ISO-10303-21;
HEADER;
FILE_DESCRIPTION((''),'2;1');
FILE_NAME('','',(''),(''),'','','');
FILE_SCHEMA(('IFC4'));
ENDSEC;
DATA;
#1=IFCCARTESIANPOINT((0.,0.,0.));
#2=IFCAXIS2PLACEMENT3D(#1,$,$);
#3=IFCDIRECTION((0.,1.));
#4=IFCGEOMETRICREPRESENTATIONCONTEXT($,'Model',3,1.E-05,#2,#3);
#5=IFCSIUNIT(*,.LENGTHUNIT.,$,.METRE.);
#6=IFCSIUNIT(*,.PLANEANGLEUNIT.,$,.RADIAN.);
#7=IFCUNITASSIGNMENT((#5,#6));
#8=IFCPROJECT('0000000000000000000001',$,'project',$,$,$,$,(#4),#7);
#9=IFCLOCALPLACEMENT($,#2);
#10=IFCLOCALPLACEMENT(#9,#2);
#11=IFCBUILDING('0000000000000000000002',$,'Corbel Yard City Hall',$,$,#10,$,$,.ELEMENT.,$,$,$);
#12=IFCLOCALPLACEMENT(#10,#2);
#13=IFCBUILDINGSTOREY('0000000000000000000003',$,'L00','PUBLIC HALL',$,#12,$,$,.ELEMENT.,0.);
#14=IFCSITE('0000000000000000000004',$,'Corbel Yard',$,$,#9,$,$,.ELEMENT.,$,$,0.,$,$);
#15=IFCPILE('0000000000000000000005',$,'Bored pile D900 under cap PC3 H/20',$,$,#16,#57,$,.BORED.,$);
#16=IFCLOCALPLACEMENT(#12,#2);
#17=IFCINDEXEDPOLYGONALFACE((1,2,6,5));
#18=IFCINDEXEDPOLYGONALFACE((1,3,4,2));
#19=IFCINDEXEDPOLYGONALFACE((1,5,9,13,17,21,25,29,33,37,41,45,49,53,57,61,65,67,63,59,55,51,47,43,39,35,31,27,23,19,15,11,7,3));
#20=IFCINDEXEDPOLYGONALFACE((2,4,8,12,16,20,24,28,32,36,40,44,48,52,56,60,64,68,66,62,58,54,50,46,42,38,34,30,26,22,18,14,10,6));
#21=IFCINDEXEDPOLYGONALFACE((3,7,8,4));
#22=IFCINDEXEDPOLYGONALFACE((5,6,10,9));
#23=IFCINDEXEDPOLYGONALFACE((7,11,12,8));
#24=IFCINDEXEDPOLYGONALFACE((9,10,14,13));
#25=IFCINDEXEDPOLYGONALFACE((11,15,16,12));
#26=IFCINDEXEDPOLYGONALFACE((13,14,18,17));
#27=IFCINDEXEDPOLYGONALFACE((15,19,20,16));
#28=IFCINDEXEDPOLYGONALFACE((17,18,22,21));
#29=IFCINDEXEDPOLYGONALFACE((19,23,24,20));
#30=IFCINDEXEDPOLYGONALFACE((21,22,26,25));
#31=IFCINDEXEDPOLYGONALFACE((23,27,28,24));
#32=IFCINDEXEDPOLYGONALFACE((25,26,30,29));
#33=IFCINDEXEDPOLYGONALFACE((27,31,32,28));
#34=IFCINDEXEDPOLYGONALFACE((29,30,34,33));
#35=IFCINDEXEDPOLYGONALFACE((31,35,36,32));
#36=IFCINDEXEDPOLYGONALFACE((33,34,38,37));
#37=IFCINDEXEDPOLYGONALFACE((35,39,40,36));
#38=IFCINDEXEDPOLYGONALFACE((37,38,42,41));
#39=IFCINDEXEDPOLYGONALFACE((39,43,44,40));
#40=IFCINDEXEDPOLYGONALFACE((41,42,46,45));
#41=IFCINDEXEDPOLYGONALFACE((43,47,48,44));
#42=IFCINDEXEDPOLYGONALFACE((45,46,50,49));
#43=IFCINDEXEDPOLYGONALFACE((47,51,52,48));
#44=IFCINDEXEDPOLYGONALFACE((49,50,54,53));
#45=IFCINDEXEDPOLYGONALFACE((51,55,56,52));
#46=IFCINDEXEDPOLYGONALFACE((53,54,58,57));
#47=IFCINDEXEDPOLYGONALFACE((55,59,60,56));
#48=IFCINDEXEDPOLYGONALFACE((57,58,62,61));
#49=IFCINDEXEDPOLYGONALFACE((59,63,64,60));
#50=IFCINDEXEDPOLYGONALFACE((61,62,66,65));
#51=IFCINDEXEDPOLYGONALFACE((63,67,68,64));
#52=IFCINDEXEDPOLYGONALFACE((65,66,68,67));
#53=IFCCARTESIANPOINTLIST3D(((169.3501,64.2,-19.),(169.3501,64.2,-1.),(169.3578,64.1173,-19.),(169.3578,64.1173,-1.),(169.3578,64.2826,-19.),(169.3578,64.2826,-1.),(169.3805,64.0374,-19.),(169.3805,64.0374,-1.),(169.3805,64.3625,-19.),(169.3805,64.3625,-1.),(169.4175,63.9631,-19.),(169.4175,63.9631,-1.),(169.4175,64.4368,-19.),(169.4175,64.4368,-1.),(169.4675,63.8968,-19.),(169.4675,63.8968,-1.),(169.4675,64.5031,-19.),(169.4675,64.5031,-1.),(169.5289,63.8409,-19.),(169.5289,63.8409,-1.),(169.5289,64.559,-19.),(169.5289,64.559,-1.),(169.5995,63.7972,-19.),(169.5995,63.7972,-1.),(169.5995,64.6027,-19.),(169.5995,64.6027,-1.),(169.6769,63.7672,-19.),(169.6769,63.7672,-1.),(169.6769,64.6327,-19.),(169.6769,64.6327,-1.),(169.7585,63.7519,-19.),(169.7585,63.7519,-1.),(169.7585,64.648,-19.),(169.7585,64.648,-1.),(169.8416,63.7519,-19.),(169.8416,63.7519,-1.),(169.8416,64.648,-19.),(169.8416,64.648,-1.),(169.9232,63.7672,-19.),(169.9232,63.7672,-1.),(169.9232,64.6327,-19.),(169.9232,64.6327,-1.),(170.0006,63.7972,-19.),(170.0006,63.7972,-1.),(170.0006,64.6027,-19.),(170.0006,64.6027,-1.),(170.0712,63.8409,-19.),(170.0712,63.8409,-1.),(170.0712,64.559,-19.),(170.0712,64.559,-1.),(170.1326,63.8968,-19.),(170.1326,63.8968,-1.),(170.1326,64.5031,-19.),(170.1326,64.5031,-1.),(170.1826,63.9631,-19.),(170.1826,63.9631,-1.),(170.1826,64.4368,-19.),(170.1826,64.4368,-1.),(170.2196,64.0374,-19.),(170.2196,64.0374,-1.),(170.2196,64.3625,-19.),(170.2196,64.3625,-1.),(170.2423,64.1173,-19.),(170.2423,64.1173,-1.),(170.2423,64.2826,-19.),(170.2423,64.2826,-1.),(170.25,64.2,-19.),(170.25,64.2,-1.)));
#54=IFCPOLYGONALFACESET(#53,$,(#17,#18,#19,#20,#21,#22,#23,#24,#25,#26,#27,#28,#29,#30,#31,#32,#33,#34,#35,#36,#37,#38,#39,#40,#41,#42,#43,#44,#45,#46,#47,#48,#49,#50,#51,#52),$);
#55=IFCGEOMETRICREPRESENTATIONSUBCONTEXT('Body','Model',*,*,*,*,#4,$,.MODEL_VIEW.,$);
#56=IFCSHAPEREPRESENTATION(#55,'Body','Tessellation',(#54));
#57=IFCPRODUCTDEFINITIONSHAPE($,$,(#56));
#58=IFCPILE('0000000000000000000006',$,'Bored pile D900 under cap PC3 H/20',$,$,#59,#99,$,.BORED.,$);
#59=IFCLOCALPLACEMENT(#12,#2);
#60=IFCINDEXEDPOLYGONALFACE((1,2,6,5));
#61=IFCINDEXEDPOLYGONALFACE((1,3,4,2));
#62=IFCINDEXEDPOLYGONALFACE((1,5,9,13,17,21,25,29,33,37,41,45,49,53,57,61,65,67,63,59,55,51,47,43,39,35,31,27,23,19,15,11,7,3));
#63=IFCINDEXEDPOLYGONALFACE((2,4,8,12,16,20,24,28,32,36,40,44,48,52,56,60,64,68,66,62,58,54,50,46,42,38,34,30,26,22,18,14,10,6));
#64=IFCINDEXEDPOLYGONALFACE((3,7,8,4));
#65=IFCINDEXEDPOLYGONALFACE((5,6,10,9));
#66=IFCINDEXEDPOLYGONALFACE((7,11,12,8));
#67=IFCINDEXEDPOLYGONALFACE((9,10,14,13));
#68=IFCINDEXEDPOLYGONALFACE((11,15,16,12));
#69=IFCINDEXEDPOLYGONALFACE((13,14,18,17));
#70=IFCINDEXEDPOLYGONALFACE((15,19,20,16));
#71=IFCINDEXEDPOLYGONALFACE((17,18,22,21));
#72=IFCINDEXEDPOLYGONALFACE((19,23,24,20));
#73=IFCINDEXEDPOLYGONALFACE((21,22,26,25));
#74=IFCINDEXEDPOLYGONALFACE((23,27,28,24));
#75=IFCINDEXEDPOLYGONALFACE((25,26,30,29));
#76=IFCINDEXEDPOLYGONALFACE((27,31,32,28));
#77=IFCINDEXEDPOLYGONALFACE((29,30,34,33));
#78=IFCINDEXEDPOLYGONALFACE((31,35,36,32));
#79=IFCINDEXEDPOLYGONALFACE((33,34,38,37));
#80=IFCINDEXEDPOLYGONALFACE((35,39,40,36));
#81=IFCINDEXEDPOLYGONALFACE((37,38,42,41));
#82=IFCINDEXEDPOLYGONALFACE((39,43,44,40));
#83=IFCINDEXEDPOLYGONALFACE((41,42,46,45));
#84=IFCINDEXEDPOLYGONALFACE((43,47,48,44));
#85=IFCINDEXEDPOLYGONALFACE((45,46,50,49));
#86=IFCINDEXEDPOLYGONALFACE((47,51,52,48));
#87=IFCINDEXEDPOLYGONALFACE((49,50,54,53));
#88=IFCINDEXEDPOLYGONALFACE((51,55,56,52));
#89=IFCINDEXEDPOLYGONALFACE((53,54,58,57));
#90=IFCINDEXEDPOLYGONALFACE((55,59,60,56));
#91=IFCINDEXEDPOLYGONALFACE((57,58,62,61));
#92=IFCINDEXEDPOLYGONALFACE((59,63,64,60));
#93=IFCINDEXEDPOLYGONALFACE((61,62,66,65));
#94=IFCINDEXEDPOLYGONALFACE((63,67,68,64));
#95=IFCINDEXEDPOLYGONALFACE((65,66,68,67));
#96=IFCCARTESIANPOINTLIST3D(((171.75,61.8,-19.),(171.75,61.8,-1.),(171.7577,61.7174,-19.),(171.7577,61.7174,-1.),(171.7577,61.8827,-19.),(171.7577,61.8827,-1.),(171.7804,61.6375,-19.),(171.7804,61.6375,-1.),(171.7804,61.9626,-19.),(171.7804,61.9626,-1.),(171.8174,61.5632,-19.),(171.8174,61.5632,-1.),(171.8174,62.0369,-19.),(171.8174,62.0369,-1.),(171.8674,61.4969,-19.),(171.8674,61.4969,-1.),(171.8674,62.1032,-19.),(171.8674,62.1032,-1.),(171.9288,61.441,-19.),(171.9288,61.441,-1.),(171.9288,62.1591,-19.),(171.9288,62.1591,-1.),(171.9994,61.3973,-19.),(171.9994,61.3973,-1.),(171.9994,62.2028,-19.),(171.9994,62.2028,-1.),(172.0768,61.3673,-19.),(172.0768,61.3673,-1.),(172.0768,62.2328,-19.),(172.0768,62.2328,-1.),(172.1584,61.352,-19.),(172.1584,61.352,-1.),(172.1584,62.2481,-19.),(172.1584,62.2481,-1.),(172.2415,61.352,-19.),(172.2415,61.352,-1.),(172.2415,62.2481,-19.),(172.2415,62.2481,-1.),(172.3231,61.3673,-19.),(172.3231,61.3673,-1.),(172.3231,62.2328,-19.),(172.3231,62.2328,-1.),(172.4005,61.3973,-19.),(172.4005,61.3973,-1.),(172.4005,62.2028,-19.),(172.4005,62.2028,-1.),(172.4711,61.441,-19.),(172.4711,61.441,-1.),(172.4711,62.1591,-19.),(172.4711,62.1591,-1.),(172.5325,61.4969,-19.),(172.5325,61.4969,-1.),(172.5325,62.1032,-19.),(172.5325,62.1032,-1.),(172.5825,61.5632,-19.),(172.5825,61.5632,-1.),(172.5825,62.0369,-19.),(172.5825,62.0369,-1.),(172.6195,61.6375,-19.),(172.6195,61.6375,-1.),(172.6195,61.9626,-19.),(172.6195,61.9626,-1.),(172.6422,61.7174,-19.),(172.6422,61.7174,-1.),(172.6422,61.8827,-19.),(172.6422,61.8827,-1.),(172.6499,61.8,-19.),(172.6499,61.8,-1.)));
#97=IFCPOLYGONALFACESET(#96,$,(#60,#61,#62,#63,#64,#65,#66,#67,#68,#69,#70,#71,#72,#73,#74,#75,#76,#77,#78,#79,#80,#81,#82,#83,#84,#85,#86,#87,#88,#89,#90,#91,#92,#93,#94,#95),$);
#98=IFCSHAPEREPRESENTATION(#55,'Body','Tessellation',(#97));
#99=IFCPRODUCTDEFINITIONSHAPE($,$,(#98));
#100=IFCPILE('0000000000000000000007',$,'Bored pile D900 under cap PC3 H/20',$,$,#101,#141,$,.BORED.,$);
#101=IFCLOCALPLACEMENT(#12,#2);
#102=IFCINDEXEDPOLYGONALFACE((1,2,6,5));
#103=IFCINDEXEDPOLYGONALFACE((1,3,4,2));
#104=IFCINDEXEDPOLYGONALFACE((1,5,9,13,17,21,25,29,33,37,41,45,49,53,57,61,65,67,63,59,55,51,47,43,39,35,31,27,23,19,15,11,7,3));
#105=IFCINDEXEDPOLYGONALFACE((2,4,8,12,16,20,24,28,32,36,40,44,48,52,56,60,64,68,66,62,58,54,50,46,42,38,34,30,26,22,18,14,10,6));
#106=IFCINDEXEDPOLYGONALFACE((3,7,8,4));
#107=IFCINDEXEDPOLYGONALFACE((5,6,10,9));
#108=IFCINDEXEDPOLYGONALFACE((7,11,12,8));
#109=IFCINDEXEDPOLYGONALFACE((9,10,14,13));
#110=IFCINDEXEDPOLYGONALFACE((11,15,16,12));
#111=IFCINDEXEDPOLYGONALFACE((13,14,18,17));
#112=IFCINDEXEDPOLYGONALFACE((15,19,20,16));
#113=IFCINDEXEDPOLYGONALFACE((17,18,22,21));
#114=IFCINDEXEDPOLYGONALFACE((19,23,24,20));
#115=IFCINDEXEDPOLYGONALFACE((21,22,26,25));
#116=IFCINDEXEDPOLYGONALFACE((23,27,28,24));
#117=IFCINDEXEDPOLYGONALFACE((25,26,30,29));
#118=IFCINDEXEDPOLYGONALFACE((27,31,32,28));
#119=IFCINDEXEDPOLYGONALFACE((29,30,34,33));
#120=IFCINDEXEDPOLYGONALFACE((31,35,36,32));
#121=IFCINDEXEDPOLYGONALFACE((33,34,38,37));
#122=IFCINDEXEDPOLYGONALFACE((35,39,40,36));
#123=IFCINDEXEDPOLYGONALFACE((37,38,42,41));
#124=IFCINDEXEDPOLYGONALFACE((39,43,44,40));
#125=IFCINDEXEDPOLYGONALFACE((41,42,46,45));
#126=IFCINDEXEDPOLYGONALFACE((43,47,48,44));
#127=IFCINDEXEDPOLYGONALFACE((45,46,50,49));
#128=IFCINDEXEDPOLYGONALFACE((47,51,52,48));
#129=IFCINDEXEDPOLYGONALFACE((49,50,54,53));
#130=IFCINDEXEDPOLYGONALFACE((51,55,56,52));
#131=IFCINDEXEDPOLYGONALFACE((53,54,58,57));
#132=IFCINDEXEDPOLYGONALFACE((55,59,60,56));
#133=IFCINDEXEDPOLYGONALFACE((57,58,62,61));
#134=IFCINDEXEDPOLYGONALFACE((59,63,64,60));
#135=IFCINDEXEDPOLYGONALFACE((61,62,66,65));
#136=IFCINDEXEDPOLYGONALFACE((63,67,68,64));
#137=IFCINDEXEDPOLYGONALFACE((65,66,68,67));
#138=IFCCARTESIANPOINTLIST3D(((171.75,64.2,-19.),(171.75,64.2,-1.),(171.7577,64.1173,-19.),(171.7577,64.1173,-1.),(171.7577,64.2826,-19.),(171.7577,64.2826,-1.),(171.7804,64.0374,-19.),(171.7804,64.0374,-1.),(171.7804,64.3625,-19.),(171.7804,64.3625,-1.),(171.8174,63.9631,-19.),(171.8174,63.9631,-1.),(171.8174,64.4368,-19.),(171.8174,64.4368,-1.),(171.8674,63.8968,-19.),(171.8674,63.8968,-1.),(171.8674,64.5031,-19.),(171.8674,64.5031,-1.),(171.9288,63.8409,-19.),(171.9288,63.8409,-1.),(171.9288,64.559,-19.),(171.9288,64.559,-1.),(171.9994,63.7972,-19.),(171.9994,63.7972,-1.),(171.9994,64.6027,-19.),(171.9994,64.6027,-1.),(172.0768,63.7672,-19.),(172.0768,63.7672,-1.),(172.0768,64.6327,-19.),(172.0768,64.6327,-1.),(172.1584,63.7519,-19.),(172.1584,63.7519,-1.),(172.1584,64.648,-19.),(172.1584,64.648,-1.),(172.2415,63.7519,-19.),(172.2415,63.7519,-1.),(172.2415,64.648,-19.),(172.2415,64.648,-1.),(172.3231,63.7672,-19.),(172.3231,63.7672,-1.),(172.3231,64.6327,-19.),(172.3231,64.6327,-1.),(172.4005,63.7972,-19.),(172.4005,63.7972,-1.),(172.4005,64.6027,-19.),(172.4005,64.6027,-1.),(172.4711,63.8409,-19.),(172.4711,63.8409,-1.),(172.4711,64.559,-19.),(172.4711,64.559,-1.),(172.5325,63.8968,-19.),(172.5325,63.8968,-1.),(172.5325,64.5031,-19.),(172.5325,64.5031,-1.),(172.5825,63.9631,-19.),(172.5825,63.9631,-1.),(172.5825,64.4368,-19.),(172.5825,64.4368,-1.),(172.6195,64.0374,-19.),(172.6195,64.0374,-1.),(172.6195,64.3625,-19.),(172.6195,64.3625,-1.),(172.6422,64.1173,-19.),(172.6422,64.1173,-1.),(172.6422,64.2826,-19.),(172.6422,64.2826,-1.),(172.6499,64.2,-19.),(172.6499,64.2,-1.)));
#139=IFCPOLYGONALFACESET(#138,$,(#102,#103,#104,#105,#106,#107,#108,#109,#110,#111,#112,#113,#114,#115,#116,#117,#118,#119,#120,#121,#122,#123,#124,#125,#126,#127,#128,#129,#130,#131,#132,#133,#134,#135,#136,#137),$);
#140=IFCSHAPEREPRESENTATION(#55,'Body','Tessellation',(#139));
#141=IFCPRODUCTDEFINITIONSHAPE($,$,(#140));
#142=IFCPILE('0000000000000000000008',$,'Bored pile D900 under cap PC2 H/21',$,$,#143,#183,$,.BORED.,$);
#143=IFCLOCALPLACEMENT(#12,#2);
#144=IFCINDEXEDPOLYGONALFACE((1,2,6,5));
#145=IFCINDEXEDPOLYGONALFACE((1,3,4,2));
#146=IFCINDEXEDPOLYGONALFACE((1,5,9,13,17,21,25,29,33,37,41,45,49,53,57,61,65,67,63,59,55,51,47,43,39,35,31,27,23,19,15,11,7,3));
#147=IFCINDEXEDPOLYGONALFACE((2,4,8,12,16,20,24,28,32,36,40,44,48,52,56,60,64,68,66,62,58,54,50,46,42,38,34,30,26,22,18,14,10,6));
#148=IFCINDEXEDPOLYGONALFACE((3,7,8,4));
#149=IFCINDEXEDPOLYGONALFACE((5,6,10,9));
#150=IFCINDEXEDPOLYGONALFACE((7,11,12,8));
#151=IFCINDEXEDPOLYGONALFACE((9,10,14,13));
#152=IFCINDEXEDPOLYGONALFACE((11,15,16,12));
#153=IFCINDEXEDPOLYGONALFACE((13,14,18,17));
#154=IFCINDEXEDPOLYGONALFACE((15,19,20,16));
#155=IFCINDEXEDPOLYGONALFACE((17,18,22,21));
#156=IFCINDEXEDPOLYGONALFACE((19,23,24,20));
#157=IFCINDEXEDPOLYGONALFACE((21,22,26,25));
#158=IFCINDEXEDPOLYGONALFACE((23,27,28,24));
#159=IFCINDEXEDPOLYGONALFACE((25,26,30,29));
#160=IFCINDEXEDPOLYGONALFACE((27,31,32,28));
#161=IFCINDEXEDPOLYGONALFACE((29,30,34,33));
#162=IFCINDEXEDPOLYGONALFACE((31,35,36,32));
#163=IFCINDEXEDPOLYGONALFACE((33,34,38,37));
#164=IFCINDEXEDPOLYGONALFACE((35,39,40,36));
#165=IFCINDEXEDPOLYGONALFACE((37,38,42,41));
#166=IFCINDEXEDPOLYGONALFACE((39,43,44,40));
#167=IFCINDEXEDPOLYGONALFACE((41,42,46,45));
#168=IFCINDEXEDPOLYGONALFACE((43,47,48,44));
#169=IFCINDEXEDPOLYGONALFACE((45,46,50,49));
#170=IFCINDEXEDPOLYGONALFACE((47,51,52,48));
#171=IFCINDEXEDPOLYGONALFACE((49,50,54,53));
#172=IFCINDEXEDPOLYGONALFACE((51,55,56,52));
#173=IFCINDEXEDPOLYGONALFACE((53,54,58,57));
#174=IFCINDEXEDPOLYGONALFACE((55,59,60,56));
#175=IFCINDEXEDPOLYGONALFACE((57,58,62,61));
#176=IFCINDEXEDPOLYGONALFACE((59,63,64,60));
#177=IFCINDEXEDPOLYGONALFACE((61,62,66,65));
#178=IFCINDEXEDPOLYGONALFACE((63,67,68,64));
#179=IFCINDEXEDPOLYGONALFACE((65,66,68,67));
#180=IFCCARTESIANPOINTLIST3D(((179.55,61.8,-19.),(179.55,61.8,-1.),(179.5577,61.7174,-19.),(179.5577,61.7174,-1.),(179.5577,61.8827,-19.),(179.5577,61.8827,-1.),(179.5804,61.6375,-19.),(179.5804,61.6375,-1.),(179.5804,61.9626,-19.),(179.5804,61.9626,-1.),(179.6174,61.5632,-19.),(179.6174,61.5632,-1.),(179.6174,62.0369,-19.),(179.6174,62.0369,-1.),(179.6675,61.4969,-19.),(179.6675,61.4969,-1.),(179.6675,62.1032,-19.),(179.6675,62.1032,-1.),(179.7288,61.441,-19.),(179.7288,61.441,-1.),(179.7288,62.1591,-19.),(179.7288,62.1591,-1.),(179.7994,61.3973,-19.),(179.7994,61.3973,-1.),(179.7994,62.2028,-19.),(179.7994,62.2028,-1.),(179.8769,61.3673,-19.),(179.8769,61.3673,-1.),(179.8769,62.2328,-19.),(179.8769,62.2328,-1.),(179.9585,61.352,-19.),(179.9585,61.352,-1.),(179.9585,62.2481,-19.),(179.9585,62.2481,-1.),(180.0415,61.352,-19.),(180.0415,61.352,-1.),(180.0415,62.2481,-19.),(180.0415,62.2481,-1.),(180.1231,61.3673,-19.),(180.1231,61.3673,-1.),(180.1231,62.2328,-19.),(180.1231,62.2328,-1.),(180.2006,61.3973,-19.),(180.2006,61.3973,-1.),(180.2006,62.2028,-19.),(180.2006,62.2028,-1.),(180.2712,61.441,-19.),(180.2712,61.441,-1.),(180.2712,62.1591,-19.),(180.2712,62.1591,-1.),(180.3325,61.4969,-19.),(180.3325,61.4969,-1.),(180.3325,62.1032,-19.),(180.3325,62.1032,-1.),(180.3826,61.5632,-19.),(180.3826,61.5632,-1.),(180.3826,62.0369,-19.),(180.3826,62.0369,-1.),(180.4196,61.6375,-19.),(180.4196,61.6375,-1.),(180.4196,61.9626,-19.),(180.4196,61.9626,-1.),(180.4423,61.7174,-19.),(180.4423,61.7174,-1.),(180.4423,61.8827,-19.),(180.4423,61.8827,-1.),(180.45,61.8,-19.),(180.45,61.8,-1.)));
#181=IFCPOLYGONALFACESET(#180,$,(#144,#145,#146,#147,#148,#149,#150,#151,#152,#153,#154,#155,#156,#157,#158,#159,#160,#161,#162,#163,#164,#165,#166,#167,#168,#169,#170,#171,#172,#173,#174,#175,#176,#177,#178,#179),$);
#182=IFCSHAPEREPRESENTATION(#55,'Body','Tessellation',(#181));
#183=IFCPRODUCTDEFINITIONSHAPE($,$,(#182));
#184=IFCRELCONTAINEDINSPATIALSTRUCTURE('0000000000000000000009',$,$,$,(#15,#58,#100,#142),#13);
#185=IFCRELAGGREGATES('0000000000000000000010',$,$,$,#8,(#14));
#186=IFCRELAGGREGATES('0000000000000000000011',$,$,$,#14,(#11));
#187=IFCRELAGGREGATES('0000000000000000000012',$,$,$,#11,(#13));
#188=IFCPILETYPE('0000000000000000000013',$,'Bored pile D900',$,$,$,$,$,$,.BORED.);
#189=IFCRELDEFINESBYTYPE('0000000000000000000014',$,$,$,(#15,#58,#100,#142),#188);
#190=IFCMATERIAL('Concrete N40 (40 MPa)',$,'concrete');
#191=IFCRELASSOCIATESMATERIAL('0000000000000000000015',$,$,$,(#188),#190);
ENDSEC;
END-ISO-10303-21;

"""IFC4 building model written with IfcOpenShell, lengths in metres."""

from ifc_helpers import new_model, si_unit, direction, frame, origin, origin_2d, place, context, subcontext, project, spatial, circle, extrude, material, material_profile, profile_set, type_object, element, save


model = new_model("IFC4")

# Units and contexts
model_context = context("Model", 3, precision=1e-05, world=origin(), true_north=direction((0.0, 1.0)))
body_context = subcontext(model_context, "Body", "Model", "MODEL_VIEW")
ifc_project = project(units=[si_unit("LENGTHUNIT", "METRE"), si_unit("PLANEANGLEUNIT", "RADIAN")], contexts=[model_context])

# Site, building, storey
site_placement = place(None, origin())
site = spatial("IfcSite", under=ifc_project, at=site_placement, Name="Corbel Yard", CompositionType="ELEMENT", RefElevation=0.0)
building_placement = place(site_placement, origin())
building = spatial("IfcBuilding", under=site, at=building_placement, Name="Corbel Yard City Hall", CompositionType="ELEMENT")
storey_placement = place(building_placement, origin())
storey = spatial("IfcBuildingStorey", under=building, at=storey_placement, Name="L00", Description="PUBLIC HALL", CompositionType="ELEMENT", Elevation=0.0)

# Piles
ifc_material_1 = material(Name="Concrete N40 (40 MPa)", Category="concrete")
ifc_material_profile_1 = material_profile(ifc_material_1, circle(Radius=0.45, at=origin_2d()), Name="D900")
ifc_profile_set_1 = profile_set([ifc_material_profile_1], Name="Concrete N40 (40 MPa)")
pile_type_1 = type_object("IfcPileType", Name="Bored pile D900", PredefinedType="BORED", material=ifc_profile_set_1)
for number, where, z_axis, x_axis, name in (
    (1, (169.8, 64.2, -1.0), (0.0, 0.0, -1.0), (1.0, 0.0, 0.0), "Bored pile D900 under cap PC3 H/20"),
    (2, (172.2, 61.8, -1.0), (0.0, 0.0, -1.0), (1.0, 0.0, 0.0), "Bored pile D900 under cap PC3 H/20"),
    (3, (172.2, 64.2, -1.0), (0.0, 0.0, -1.0), (1.0, 0.0, 0.0), "Bored pile D900 under cap PC3 H/20"),
    (4, (180.0, 61.8, -1.0), (0.0, 0.0, -1.0), (1.0, 0.0, 0.0), "Bored pile D900 under cap PC2 H/21"),
):
    element("IfcPile", number, at=place(storey_placement, frame(where, z_axis=z_axis, x_axis=x_axis)), inside=storey, type_object=pile_type_1, Name=name, PredefinedType="BORED", context=body_context, shape_type="SweptSolid", body=[
        extrude(circle(Radius=0.45, at=origin_2d()), origin(), (0.0, 0.0, 1.0), 18.0),
    ])

save(model, "model.ifc")
